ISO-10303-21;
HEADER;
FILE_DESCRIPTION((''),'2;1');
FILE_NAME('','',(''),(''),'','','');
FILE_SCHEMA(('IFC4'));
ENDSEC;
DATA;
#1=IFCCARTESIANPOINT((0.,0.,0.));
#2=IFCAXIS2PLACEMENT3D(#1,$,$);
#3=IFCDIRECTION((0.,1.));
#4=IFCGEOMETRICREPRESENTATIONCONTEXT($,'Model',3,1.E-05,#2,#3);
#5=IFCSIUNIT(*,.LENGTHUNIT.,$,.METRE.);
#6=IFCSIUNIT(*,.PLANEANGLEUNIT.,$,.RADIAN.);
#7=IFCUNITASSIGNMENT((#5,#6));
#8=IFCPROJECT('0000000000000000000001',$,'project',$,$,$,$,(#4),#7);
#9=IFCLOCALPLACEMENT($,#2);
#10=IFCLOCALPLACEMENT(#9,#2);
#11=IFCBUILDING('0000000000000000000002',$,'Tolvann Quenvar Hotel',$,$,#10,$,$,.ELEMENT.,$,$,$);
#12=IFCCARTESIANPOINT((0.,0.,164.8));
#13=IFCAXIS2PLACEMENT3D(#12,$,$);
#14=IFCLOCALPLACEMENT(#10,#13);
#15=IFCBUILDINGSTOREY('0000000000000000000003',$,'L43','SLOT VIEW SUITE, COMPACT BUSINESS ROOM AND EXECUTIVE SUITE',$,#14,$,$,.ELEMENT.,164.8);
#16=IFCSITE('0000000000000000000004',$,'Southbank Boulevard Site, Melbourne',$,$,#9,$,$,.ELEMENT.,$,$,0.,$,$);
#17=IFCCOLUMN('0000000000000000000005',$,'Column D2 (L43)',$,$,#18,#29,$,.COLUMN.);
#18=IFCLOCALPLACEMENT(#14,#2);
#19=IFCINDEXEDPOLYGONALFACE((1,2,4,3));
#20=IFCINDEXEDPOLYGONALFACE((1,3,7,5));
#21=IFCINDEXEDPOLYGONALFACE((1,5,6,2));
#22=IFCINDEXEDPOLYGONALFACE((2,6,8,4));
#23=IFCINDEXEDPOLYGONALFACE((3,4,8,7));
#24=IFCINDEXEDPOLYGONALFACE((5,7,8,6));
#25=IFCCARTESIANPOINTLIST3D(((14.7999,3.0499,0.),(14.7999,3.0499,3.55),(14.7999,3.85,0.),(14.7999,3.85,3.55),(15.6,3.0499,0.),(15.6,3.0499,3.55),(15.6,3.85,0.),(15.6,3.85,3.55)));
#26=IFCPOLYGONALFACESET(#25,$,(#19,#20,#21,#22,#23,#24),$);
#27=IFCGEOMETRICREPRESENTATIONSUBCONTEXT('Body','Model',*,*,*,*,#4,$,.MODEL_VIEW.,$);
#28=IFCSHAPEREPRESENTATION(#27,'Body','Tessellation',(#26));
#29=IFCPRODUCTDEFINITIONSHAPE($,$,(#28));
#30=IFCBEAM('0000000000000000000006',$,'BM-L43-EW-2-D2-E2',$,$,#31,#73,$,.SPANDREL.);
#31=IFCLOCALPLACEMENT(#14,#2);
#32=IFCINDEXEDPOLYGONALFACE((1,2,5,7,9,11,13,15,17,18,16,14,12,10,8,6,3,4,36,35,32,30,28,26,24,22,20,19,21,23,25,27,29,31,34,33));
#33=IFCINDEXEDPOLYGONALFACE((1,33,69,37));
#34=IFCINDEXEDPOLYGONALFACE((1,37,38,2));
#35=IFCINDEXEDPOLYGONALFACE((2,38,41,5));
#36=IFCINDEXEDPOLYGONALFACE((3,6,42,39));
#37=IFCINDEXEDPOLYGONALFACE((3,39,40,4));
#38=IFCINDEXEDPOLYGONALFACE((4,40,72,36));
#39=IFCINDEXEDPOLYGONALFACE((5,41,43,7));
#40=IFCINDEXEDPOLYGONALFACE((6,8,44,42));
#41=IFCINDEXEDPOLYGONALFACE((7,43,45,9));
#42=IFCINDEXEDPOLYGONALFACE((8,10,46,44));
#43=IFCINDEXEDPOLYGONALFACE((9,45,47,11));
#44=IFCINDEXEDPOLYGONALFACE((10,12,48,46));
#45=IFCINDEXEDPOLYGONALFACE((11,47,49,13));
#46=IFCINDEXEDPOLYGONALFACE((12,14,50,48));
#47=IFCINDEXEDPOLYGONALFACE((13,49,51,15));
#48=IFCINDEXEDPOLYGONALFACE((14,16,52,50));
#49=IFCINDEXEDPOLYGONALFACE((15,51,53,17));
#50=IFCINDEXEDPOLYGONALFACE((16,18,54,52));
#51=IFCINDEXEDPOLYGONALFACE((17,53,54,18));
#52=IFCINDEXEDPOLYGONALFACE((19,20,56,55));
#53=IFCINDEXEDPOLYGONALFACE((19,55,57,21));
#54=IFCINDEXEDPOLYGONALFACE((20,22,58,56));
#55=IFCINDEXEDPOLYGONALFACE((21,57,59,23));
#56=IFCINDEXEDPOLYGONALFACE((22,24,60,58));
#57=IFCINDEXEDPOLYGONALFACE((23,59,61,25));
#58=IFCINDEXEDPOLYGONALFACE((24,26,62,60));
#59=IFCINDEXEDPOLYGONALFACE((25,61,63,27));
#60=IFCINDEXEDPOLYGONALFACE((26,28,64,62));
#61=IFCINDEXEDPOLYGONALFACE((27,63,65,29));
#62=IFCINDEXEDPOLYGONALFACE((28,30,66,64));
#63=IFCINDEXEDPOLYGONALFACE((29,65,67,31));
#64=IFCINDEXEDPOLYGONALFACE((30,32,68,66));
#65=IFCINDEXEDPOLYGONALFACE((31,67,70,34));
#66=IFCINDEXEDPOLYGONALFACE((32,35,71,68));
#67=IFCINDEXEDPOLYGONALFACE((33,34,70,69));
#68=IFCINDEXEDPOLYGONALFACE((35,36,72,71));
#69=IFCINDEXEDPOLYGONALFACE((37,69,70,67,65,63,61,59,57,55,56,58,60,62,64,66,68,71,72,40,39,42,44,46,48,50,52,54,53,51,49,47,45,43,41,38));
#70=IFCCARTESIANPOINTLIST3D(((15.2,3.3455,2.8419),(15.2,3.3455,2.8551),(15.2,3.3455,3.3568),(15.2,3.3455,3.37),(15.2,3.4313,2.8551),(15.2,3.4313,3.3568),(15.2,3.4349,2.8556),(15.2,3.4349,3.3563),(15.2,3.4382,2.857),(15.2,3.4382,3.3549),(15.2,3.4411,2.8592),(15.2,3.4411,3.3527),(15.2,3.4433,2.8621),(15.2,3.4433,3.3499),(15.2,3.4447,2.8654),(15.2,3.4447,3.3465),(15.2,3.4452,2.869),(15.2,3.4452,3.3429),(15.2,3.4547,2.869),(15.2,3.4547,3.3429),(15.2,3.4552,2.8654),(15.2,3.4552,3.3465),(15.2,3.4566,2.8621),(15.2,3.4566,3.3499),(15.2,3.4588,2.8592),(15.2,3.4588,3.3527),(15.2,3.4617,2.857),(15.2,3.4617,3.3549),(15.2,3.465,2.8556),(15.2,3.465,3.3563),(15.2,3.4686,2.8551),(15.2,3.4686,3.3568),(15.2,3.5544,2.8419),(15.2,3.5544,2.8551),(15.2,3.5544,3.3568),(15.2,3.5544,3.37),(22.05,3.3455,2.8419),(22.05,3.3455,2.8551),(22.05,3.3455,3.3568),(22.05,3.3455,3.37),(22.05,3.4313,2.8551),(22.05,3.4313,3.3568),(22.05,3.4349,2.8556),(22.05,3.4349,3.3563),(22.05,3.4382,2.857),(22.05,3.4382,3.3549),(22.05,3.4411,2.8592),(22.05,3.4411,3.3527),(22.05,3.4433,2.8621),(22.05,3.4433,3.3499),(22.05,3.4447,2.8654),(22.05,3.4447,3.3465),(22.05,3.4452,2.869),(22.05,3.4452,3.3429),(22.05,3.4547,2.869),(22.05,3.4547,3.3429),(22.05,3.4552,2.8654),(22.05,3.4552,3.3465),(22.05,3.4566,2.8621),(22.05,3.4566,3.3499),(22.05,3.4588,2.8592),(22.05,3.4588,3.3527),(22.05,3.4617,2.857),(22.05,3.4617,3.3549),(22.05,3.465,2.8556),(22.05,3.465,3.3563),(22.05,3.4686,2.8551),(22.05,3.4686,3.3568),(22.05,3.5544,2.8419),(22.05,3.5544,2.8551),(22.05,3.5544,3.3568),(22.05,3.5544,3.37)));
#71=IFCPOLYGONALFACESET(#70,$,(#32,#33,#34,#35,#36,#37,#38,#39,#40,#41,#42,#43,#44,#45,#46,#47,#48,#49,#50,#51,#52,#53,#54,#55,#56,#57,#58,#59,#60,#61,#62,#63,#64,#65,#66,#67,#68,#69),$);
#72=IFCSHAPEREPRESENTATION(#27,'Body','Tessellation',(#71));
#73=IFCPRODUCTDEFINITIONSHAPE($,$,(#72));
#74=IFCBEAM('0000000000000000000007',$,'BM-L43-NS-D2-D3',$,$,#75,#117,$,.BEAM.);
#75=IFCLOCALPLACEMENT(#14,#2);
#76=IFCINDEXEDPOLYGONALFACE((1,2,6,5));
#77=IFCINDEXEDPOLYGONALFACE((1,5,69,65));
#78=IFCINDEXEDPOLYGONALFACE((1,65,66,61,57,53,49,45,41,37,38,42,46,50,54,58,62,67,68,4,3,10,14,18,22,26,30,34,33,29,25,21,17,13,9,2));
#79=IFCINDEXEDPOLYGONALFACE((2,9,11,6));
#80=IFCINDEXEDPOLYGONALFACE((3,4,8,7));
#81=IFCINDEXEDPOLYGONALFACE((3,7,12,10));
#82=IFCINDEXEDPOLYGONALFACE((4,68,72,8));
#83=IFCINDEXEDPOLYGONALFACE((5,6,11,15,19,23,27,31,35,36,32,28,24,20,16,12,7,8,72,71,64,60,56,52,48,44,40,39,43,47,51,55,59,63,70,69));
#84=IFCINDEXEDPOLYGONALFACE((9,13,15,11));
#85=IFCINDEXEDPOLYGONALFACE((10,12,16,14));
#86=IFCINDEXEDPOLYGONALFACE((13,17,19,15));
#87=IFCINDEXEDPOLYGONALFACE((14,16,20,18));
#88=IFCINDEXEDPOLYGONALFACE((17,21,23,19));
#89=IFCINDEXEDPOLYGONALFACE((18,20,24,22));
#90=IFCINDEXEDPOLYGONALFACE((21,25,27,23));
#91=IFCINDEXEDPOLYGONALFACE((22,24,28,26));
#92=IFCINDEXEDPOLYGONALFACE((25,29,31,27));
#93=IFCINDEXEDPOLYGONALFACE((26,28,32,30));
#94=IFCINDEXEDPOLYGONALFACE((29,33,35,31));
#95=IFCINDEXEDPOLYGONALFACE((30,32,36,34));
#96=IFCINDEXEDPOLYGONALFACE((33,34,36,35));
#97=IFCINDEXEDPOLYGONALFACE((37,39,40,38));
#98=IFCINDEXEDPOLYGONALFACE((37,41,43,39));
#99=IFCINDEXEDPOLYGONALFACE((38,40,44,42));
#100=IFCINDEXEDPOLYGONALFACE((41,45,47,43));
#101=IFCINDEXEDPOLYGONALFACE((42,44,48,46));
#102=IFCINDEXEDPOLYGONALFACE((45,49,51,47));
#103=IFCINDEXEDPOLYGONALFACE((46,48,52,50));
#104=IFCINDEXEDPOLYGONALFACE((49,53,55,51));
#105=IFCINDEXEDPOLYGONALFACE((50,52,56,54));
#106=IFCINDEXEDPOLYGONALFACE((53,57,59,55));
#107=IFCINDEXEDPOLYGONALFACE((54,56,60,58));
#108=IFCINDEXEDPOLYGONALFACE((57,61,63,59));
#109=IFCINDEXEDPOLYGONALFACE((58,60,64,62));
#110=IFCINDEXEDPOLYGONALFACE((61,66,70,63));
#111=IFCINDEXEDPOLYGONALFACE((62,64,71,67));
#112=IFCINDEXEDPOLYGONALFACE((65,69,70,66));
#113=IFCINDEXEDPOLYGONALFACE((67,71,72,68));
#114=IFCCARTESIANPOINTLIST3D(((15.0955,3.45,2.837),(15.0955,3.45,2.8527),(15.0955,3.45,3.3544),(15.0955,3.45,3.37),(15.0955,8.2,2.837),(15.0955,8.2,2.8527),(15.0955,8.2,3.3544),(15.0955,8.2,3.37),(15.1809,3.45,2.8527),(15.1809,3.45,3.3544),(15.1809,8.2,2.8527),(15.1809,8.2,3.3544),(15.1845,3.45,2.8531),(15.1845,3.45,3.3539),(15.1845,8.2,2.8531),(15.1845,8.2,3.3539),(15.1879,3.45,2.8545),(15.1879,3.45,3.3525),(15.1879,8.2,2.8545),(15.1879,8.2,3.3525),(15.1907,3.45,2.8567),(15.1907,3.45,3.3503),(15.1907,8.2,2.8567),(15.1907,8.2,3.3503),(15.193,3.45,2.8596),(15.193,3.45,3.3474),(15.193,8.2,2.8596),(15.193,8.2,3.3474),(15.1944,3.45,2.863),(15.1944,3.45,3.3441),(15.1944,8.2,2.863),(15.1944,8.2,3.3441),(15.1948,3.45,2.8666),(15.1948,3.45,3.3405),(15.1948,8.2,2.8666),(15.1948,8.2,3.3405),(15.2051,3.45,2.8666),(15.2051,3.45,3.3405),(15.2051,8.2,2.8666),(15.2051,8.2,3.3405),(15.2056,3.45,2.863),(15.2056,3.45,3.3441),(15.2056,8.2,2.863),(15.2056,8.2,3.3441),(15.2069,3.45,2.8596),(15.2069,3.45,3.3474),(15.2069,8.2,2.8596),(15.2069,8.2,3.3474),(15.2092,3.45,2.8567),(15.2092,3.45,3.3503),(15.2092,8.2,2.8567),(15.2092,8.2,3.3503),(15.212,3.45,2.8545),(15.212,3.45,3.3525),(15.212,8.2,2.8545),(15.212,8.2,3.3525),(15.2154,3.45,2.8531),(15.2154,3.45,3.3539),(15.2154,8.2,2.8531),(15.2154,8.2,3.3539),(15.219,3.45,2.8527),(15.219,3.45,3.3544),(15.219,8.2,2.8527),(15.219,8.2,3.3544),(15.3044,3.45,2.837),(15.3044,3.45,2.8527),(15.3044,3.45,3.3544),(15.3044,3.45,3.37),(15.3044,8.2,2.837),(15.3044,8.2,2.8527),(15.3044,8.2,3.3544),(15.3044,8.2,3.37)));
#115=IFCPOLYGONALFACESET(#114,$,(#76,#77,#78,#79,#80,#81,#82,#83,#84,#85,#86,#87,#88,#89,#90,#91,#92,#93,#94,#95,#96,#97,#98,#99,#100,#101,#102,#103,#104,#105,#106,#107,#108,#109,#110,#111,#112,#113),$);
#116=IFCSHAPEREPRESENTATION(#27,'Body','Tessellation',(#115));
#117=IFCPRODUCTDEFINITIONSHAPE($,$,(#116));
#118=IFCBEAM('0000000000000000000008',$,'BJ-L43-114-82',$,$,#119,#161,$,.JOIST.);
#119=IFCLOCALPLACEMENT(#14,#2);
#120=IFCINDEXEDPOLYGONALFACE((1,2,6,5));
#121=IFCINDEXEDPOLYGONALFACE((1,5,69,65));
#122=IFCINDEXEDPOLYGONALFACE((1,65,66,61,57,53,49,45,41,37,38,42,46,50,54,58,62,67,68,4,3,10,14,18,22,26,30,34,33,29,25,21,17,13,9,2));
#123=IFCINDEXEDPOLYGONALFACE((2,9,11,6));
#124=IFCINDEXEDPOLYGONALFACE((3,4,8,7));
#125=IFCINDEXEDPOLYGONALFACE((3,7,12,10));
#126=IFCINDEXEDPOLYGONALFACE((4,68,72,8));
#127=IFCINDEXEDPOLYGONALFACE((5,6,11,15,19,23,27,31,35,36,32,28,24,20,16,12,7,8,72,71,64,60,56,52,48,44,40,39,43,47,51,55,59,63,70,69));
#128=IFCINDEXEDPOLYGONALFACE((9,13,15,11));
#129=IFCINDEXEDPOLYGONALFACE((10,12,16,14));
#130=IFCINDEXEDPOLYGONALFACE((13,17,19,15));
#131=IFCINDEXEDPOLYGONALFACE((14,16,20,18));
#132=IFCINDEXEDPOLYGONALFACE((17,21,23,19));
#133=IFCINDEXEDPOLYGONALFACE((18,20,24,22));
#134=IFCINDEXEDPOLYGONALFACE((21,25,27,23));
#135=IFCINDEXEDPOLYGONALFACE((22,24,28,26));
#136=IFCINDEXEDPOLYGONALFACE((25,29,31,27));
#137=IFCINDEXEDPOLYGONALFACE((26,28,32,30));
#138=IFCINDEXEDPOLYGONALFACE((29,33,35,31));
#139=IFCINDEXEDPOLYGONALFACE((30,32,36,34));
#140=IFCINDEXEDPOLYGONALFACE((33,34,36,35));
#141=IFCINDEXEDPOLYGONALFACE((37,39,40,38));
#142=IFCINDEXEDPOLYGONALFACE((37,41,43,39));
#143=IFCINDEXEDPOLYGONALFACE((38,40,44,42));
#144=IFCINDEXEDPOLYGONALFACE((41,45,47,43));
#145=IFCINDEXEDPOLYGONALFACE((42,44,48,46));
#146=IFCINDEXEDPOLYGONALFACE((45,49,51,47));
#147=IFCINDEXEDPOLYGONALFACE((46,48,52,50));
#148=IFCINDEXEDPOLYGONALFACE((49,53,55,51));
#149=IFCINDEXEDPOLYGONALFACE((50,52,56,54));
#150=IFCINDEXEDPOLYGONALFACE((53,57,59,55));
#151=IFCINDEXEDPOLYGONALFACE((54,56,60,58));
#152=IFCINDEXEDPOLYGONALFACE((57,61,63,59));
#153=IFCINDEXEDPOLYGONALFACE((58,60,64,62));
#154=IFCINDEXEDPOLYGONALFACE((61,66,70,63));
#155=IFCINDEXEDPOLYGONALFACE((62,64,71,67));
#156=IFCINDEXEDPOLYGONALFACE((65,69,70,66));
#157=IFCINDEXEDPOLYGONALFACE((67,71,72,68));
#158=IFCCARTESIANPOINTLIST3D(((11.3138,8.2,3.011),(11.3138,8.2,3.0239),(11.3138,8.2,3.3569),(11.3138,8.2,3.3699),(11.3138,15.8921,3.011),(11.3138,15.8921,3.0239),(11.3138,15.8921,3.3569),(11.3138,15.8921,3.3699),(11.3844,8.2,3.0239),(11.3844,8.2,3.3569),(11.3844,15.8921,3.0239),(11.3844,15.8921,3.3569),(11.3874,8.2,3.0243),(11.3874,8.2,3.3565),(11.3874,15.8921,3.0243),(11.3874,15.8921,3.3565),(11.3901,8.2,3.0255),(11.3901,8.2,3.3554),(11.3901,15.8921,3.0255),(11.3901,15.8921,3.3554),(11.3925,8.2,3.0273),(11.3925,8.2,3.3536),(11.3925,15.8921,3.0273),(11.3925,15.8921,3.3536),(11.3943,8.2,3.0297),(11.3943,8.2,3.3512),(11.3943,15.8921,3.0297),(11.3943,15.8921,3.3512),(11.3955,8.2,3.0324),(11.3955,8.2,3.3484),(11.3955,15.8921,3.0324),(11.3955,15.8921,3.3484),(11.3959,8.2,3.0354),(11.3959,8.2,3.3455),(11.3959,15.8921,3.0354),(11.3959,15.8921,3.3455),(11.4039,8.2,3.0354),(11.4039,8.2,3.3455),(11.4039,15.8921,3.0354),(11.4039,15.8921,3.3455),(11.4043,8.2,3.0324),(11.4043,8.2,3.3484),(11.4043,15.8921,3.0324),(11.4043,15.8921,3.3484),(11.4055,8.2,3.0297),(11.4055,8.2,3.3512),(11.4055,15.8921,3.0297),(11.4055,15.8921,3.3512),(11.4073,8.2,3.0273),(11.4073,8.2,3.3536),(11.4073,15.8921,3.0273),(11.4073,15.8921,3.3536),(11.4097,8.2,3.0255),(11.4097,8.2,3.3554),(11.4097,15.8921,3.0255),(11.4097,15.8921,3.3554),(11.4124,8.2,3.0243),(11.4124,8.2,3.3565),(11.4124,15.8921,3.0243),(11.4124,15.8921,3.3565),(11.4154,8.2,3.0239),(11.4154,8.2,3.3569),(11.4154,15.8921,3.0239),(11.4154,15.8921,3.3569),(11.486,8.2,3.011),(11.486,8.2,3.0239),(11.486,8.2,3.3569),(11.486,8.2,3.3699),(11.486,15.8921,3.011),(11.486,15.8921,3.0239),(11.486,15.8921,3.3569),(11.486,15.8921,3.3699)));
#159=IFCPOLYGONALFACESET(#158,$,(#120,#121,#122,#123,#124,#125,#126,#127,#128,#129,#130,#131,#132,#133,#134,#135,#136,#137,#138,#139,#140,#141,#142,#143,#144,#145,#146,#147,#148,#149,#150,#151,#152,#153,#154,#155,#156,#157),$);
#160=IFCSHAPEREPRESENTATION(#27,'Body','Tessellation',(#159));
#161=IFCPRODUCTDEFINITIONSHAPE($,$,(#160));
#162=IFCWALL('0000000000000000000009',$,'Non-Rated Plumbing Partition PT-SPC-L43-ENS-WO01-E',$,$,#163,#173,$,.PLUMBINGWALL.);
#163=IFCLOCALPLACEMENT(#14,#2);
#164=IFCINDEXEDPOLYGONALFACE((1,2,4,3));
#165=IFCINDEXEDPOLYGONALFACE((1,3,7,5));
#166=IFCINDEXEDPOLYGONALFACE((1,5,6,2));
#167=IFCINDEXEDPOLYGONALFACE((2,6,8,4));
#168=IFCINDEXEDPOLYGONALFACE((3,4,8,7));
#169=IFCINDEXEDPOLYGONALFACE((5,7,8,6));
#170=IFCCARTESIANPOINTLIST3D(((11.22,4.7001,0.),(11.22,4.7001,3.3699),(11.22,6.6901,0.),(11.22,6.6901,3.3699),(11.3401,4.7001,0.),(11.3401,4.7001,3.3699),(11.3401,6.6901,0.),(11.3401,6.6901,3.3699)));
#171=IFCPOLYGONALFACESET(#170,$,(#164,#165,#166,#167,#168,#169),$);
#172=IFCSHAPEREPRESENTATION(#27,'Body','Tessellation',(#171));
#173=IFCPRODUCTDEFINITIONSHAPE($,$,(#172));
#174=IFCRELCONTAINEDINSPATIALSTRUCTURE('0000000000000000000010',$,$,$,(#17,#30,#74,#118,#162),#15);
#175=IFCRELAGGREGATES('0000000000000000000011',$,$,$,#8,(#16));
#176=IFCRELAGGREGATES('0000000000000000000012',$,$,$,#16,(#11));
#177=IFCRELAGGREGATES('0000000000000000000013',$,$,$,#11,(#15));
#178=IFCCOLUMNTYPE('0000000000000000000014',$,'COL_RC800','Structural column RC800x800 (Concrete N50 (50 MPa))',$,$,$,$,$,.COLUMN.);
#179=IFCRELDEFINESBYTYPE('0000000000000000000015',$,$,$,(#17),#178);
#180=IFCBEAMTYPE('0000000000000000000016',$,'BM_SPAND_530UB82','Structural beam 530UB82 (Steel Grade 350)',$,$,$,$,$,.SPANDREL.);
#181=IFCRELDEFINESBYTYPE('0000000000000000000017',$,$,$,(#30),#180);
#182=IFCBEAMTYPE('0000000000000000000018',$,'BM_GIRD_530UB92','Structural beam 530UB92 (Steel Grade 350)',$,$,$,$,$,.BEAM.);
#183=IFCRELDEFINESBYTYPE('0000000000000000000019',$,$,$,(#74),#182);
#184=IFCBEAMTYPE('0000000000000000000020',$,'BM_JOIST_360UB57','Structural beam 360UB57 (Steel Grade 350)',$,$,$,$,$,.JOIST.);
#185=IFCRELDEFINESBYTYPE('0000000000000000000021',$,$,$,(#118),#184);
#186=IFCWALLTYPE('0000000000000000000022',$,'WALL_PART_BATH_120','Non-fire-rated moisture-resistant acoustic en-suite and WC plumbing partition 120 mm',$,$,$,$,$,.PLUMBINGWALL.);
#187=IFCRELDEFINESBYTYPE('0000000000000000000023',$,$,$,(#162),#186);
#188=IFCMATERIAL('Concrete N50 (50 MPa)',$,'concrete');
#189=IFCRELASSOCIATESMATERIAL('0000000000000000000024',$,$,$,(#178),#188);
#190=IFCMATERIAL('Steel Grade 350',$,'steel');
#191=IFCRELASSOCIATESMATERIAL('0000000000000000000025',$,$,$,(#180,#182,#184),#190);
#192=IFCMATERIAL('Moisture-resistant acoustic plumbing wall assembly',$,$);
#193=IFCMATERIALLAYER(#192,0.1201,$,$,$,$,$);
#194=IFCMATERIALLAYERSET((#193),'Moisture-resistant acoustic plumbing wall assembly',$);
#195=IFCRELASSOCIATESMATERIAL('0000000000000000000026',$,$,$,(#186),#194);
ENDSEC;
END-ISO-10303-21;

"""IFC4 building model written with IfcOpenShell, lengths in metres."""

from ifc_helpers import new_model, si_unit, direction, frame, frame_2d, origin, origin_2d, place, context, subcontext, project, spatial, rectangle, i_section, extrude, source, transform, mapped, material, layer, layer_set, material_profile, profile_set, type_object, type_shapes, element, save


model = new_model("IFC4")

# Units and contexts
model_context = context("Model", 3, precision=1e-05, world=origin(), true_north=direction((0.0, 1.0)))
body_context = subcontext(model_context, "Body", "Model", "MODEL_VIEW")
ifc_project = project(units=[si_unit("LENGTHUNIT", "METRE"), si_unit("PLANEANGLEUNIT", "RADIAN")], contexts=[model_context])

# Site, building, storey
site_placement = place(None, origin())
site = spatial("IfcSite", under=ifc_project, at=site_placement, Name="Southbank Boulevard Site, Melbourne", CompositionType="ELEMENT", RefElevation=0.0)
building_placement = place(site_placement, origin())
building = spatial("IfcBuilding", under=site, at=building_placement, Name="Tolvann Quenvar Hotel", CompositionType="ELEMENT")
storey_placement = place(building_placement, frame((0.0, 0.0, 164.8)))
storey = spatial("IfcBuildingStorey", under=building, at=storey_placement, Name="L43", Description="SLOT VIEW SUITE, COMPACT BUSINESS ROOM AND EXECUTIVE SUITE", CompositionType="ELEMENT", Elevation=164.8)

# Column
ifc_material_1 = material(Name="Concrete N50 (50 MPa)", Category="concrete")
ifc_material_profile_1 = material_profile(ifc_material_1, rectangle(XDim=0.8, YDim=0.8, at=origin_2d()), Name="RC800x800")
ifc_profile_set_1 = profile_set([ifc_material_profile_1], Name="Concrete N50 (50 MPa)")
column_type = type_object("IfcColumnType", Name="COL_RC800", Description="Structural column RC800x800 (Concrete N50 (50 MPa))", PredefinedType="COLUMN", material=ifc_profile_set_1)
shared_shape_1 = source(origin(), body_context, "Body", "SweptSolid", [
    extrude(rectangle(XDim=0.8, YDim=0.8, at=origin_2d()), origin(), (0.0, 0.0, 1.0), 3.55),
])
type_shapes(column_type, [shared_shape_1])
column_placement = place(storey_placement, frame((15.2, 3.45, 0.0), z_axis=(0.0, 0.0, 1.0), x_axis=(1.0, 0.0, 0.0)))
element("IfcColumn", 1, at=column_placement, inside=storey, type_object=column_type, Name="Column D2 (L43)", PredefinedType="COLUMN", context=body_context, shape_type="MappedRepresentation", body=[
    mapped(shared_shape_1, transform((0.0, 0.0, 0.0), x_axis=(1.0, 0.0, 0.0), y_axis=(0.0, 1.0, 0.0), z_axis=(0.0, 0.0, 1.0), scale=1.0)),
])

# Beams
ifc_material_2 = material(Name="Steel Grade 350", Category="steel")
ifc_material_profile_2 = material_profile(ifc_material_2, i_section(OverallWidth=0.209, OverallDepth=0.5281, WebThickness=0.0095, FlangeThickness=0.0132, FilletRadius=0.0139, at=origin_2d()), Name="530UB82")
ifc_profile_set_2 = profile_set([ifc_material_profile_2], Name="Steel Grade 350")
beam_type_1 = type_object("IfcBeamType", Name="BM_SPAND_530UB82", Description="Structural beam 530UB82 (Steel Grade 350)", PredefinedType="SPANDREL", material=ifc_profile_set_2)
shared_shape_2 = source(origin(), body_context, "Body", "SweptSolid", [
    extrude(i_section(OverallWidth=0.209, OverallDepth=0.5281, WebThickness=0.0095, FlangeThickness=0.0132, FilletRadius=0.0139, at=origin_2d()), origin(), (0.0, 0.0, 1.0), 6.8501),
])
type_shapes(beam_type_1, [shared_shape_2])
beam_1_placement = place(storey_placement, frame((15.2, 3.45, 3.106), z_axis=(1.0, 0.0, 0.0), x_axis=(0.0, 1.0, 0.0)))
element("IfcBeam", 2, at=beam_1_placement, inside=storey, type_object=beam_type_1, Name="BM-L43-EW-2-D2-E2", PredefinedType="SPANDREL", context=body_context, shape_type="MappedRepresentation", body=[
    mapped(shared_shape_2, transform((0.0, 0.0, 0.0), x_axis=(1.0, 0.0, 0.0), y_axis=(0.0, 1.0, 0.0), z_axis=(0.0, 0.0, 1.0), scale=1.0)),
])
ifc_material_profile_3 = material_profile(ifc_material_2, i_section(OverallWidth=0.209, OverallDepth=0.533, WebThickness=0.0103, FlangeThickness=0.0156, FilletRadius=0.0139, at=origin_2d()), Name="530UB92")
ifc_profile_set_3 = profile_set([ifc_material_profile_3], Name="Steel Grade 350")
beam_type_2 = type_object("IfcBeamType", Name="BM_GIRD_530UB92", Description="Structural beam 530UB92 (Steel Grade 350)", PredefinedType="BEAM", material=ifc_profile_set_3)
shared_shape_3 = source(origin(), body_context, "Body", "SweptSolid", [
    extrude(i_section(OverallWidth=0.209, OverallDepth=0.533, WebThickness=0.0103, FlangeThickness=0.0156, FilletRadius=0.0139, at=origin_2d()), origin(), (0.0, 0.0, 1.0), 4.75),
])
type_shapes(beam_type_2, [shared_shape_3])
beam_2_placement = place(storey_placement, frame((15.2, 3.45, 3.1035), z_axis=(0.0, 1.0, 0.0), x_axis=(-1.0, 0.0, 0.0)))
element("IfcBeam", 3, at=beam_2_placement, inside=storey, type_object=beam_type_2, Name="BM-L43-NS-D2-D3", PredefinedType="BEAM", context=body_context, shape_type="MappedRepresentation", body=[
    mapped(shared_shape_3, transform((0.0, 0.0, 0.0), x_axis=(1.0, 0.0, 0.0), y_axis=(0.0, 1.0, 0.0), z_axis=(0.0, 0.0, 1.0), scale=1.0)),
])
ifc_material_profile_4 = material_profile(ifc_material_2, i_section(OverallWidth=0.1721, OverallDepth=0.3589, WebThickness=0.0081, FlangeThickness=0.0129, FilletRadius=0.0115, at=origin_2d()), Name="360UB57")
ifc_profile_set_4 = profile_set([ifc_material_profile_4], Name="Steel Grade 350")
beam_type_3 = type_object("IfcBeamType", Name="BM_JOIST_360UB57", Description="Structural beam 360UB57 (Steel Grade 350)", PredefinedType="JOIST", material=ifc_profile_set_4)
shared_shape_4 = source(origin(), body_context, "Body", "SweptSolid", [
    extrude(i_section(OverallWidth=0.1721, OverallDepth=0.3589, WebThickness=0.0081, FlangeThickness=0.0129, FilletRadius=0.0115, at=origin_2d()), origin(), (0.0, 0.0, 1.0), 7.6921),
])
type_shapes(beam_type_3, [shared_shape_4])
beam_3_placement = place(storey_placement, frame((11.3999, 8.2, 3.1904), z_axis=(0.0, 1.0, 0.0), x_axis=(-1.0, 0.0, 0.0)))
element("IfcBeam", 4, at=beam_3_placement, inside=storey, type_object=beam_type_3, Name="BJ-L43-114-82", PredefinedType="JOIST", context=body_context, shape_type="MappedRepresentation", body=[
    mapped(shared_shape_4, transform((0.0, 0.0, 0.0), x_axis=(1.0, 0.0, 0.0), y_axis=(0.0, 1.0, 0.0), z_axis=(0.0, 0.0, 1.0), scale=1.0)),
])

# Wall
ifc_material_3 = material(Name="Moisture-resistant acoustic plumbing wall assembly")
ifc_layer_1 = layer(ifc_material_3, 0.1201)
ifc_layer_set_1 = layer_set([ifc_layer_1], Name="Moisture-resistant acoustic plumbing wall assembly")
wall_type_1 = type_object("IfcWallType", Name="WALL_PART_BATH_120", Description="Non-fire-rated moisture-resistant acoustic en-suite and WC plumbing partition 120 mm", PredefinedType="PLUMBINGWALL", material=ifc_layer_set_1)
wall_1_placement = place(storey_placement, frame((11.28, 4.7, 0.0), z_axis=(0.0, 0.0, 1.0), x_axis=(0.0, 1.0, 0.0)))
element("IfcWall", 5, at=wall_1_placement, inside=storey, type_object=wall_type_1, Name="Non-Rated Plumbing Partition PT-SPC-L43-ENS-WO01-E", PredefinedType="PLUMBINGWALL", context=body_context, shape_type="SweptSolid", body=[
    extrude(rectangle(XDim=1.99, YDim=0.1201, at=frame_2d((0.9951, 0.0))), origin(), (0.0, 0.0, 1.0), 3.3699),
])

save(model, "model.ifc")
